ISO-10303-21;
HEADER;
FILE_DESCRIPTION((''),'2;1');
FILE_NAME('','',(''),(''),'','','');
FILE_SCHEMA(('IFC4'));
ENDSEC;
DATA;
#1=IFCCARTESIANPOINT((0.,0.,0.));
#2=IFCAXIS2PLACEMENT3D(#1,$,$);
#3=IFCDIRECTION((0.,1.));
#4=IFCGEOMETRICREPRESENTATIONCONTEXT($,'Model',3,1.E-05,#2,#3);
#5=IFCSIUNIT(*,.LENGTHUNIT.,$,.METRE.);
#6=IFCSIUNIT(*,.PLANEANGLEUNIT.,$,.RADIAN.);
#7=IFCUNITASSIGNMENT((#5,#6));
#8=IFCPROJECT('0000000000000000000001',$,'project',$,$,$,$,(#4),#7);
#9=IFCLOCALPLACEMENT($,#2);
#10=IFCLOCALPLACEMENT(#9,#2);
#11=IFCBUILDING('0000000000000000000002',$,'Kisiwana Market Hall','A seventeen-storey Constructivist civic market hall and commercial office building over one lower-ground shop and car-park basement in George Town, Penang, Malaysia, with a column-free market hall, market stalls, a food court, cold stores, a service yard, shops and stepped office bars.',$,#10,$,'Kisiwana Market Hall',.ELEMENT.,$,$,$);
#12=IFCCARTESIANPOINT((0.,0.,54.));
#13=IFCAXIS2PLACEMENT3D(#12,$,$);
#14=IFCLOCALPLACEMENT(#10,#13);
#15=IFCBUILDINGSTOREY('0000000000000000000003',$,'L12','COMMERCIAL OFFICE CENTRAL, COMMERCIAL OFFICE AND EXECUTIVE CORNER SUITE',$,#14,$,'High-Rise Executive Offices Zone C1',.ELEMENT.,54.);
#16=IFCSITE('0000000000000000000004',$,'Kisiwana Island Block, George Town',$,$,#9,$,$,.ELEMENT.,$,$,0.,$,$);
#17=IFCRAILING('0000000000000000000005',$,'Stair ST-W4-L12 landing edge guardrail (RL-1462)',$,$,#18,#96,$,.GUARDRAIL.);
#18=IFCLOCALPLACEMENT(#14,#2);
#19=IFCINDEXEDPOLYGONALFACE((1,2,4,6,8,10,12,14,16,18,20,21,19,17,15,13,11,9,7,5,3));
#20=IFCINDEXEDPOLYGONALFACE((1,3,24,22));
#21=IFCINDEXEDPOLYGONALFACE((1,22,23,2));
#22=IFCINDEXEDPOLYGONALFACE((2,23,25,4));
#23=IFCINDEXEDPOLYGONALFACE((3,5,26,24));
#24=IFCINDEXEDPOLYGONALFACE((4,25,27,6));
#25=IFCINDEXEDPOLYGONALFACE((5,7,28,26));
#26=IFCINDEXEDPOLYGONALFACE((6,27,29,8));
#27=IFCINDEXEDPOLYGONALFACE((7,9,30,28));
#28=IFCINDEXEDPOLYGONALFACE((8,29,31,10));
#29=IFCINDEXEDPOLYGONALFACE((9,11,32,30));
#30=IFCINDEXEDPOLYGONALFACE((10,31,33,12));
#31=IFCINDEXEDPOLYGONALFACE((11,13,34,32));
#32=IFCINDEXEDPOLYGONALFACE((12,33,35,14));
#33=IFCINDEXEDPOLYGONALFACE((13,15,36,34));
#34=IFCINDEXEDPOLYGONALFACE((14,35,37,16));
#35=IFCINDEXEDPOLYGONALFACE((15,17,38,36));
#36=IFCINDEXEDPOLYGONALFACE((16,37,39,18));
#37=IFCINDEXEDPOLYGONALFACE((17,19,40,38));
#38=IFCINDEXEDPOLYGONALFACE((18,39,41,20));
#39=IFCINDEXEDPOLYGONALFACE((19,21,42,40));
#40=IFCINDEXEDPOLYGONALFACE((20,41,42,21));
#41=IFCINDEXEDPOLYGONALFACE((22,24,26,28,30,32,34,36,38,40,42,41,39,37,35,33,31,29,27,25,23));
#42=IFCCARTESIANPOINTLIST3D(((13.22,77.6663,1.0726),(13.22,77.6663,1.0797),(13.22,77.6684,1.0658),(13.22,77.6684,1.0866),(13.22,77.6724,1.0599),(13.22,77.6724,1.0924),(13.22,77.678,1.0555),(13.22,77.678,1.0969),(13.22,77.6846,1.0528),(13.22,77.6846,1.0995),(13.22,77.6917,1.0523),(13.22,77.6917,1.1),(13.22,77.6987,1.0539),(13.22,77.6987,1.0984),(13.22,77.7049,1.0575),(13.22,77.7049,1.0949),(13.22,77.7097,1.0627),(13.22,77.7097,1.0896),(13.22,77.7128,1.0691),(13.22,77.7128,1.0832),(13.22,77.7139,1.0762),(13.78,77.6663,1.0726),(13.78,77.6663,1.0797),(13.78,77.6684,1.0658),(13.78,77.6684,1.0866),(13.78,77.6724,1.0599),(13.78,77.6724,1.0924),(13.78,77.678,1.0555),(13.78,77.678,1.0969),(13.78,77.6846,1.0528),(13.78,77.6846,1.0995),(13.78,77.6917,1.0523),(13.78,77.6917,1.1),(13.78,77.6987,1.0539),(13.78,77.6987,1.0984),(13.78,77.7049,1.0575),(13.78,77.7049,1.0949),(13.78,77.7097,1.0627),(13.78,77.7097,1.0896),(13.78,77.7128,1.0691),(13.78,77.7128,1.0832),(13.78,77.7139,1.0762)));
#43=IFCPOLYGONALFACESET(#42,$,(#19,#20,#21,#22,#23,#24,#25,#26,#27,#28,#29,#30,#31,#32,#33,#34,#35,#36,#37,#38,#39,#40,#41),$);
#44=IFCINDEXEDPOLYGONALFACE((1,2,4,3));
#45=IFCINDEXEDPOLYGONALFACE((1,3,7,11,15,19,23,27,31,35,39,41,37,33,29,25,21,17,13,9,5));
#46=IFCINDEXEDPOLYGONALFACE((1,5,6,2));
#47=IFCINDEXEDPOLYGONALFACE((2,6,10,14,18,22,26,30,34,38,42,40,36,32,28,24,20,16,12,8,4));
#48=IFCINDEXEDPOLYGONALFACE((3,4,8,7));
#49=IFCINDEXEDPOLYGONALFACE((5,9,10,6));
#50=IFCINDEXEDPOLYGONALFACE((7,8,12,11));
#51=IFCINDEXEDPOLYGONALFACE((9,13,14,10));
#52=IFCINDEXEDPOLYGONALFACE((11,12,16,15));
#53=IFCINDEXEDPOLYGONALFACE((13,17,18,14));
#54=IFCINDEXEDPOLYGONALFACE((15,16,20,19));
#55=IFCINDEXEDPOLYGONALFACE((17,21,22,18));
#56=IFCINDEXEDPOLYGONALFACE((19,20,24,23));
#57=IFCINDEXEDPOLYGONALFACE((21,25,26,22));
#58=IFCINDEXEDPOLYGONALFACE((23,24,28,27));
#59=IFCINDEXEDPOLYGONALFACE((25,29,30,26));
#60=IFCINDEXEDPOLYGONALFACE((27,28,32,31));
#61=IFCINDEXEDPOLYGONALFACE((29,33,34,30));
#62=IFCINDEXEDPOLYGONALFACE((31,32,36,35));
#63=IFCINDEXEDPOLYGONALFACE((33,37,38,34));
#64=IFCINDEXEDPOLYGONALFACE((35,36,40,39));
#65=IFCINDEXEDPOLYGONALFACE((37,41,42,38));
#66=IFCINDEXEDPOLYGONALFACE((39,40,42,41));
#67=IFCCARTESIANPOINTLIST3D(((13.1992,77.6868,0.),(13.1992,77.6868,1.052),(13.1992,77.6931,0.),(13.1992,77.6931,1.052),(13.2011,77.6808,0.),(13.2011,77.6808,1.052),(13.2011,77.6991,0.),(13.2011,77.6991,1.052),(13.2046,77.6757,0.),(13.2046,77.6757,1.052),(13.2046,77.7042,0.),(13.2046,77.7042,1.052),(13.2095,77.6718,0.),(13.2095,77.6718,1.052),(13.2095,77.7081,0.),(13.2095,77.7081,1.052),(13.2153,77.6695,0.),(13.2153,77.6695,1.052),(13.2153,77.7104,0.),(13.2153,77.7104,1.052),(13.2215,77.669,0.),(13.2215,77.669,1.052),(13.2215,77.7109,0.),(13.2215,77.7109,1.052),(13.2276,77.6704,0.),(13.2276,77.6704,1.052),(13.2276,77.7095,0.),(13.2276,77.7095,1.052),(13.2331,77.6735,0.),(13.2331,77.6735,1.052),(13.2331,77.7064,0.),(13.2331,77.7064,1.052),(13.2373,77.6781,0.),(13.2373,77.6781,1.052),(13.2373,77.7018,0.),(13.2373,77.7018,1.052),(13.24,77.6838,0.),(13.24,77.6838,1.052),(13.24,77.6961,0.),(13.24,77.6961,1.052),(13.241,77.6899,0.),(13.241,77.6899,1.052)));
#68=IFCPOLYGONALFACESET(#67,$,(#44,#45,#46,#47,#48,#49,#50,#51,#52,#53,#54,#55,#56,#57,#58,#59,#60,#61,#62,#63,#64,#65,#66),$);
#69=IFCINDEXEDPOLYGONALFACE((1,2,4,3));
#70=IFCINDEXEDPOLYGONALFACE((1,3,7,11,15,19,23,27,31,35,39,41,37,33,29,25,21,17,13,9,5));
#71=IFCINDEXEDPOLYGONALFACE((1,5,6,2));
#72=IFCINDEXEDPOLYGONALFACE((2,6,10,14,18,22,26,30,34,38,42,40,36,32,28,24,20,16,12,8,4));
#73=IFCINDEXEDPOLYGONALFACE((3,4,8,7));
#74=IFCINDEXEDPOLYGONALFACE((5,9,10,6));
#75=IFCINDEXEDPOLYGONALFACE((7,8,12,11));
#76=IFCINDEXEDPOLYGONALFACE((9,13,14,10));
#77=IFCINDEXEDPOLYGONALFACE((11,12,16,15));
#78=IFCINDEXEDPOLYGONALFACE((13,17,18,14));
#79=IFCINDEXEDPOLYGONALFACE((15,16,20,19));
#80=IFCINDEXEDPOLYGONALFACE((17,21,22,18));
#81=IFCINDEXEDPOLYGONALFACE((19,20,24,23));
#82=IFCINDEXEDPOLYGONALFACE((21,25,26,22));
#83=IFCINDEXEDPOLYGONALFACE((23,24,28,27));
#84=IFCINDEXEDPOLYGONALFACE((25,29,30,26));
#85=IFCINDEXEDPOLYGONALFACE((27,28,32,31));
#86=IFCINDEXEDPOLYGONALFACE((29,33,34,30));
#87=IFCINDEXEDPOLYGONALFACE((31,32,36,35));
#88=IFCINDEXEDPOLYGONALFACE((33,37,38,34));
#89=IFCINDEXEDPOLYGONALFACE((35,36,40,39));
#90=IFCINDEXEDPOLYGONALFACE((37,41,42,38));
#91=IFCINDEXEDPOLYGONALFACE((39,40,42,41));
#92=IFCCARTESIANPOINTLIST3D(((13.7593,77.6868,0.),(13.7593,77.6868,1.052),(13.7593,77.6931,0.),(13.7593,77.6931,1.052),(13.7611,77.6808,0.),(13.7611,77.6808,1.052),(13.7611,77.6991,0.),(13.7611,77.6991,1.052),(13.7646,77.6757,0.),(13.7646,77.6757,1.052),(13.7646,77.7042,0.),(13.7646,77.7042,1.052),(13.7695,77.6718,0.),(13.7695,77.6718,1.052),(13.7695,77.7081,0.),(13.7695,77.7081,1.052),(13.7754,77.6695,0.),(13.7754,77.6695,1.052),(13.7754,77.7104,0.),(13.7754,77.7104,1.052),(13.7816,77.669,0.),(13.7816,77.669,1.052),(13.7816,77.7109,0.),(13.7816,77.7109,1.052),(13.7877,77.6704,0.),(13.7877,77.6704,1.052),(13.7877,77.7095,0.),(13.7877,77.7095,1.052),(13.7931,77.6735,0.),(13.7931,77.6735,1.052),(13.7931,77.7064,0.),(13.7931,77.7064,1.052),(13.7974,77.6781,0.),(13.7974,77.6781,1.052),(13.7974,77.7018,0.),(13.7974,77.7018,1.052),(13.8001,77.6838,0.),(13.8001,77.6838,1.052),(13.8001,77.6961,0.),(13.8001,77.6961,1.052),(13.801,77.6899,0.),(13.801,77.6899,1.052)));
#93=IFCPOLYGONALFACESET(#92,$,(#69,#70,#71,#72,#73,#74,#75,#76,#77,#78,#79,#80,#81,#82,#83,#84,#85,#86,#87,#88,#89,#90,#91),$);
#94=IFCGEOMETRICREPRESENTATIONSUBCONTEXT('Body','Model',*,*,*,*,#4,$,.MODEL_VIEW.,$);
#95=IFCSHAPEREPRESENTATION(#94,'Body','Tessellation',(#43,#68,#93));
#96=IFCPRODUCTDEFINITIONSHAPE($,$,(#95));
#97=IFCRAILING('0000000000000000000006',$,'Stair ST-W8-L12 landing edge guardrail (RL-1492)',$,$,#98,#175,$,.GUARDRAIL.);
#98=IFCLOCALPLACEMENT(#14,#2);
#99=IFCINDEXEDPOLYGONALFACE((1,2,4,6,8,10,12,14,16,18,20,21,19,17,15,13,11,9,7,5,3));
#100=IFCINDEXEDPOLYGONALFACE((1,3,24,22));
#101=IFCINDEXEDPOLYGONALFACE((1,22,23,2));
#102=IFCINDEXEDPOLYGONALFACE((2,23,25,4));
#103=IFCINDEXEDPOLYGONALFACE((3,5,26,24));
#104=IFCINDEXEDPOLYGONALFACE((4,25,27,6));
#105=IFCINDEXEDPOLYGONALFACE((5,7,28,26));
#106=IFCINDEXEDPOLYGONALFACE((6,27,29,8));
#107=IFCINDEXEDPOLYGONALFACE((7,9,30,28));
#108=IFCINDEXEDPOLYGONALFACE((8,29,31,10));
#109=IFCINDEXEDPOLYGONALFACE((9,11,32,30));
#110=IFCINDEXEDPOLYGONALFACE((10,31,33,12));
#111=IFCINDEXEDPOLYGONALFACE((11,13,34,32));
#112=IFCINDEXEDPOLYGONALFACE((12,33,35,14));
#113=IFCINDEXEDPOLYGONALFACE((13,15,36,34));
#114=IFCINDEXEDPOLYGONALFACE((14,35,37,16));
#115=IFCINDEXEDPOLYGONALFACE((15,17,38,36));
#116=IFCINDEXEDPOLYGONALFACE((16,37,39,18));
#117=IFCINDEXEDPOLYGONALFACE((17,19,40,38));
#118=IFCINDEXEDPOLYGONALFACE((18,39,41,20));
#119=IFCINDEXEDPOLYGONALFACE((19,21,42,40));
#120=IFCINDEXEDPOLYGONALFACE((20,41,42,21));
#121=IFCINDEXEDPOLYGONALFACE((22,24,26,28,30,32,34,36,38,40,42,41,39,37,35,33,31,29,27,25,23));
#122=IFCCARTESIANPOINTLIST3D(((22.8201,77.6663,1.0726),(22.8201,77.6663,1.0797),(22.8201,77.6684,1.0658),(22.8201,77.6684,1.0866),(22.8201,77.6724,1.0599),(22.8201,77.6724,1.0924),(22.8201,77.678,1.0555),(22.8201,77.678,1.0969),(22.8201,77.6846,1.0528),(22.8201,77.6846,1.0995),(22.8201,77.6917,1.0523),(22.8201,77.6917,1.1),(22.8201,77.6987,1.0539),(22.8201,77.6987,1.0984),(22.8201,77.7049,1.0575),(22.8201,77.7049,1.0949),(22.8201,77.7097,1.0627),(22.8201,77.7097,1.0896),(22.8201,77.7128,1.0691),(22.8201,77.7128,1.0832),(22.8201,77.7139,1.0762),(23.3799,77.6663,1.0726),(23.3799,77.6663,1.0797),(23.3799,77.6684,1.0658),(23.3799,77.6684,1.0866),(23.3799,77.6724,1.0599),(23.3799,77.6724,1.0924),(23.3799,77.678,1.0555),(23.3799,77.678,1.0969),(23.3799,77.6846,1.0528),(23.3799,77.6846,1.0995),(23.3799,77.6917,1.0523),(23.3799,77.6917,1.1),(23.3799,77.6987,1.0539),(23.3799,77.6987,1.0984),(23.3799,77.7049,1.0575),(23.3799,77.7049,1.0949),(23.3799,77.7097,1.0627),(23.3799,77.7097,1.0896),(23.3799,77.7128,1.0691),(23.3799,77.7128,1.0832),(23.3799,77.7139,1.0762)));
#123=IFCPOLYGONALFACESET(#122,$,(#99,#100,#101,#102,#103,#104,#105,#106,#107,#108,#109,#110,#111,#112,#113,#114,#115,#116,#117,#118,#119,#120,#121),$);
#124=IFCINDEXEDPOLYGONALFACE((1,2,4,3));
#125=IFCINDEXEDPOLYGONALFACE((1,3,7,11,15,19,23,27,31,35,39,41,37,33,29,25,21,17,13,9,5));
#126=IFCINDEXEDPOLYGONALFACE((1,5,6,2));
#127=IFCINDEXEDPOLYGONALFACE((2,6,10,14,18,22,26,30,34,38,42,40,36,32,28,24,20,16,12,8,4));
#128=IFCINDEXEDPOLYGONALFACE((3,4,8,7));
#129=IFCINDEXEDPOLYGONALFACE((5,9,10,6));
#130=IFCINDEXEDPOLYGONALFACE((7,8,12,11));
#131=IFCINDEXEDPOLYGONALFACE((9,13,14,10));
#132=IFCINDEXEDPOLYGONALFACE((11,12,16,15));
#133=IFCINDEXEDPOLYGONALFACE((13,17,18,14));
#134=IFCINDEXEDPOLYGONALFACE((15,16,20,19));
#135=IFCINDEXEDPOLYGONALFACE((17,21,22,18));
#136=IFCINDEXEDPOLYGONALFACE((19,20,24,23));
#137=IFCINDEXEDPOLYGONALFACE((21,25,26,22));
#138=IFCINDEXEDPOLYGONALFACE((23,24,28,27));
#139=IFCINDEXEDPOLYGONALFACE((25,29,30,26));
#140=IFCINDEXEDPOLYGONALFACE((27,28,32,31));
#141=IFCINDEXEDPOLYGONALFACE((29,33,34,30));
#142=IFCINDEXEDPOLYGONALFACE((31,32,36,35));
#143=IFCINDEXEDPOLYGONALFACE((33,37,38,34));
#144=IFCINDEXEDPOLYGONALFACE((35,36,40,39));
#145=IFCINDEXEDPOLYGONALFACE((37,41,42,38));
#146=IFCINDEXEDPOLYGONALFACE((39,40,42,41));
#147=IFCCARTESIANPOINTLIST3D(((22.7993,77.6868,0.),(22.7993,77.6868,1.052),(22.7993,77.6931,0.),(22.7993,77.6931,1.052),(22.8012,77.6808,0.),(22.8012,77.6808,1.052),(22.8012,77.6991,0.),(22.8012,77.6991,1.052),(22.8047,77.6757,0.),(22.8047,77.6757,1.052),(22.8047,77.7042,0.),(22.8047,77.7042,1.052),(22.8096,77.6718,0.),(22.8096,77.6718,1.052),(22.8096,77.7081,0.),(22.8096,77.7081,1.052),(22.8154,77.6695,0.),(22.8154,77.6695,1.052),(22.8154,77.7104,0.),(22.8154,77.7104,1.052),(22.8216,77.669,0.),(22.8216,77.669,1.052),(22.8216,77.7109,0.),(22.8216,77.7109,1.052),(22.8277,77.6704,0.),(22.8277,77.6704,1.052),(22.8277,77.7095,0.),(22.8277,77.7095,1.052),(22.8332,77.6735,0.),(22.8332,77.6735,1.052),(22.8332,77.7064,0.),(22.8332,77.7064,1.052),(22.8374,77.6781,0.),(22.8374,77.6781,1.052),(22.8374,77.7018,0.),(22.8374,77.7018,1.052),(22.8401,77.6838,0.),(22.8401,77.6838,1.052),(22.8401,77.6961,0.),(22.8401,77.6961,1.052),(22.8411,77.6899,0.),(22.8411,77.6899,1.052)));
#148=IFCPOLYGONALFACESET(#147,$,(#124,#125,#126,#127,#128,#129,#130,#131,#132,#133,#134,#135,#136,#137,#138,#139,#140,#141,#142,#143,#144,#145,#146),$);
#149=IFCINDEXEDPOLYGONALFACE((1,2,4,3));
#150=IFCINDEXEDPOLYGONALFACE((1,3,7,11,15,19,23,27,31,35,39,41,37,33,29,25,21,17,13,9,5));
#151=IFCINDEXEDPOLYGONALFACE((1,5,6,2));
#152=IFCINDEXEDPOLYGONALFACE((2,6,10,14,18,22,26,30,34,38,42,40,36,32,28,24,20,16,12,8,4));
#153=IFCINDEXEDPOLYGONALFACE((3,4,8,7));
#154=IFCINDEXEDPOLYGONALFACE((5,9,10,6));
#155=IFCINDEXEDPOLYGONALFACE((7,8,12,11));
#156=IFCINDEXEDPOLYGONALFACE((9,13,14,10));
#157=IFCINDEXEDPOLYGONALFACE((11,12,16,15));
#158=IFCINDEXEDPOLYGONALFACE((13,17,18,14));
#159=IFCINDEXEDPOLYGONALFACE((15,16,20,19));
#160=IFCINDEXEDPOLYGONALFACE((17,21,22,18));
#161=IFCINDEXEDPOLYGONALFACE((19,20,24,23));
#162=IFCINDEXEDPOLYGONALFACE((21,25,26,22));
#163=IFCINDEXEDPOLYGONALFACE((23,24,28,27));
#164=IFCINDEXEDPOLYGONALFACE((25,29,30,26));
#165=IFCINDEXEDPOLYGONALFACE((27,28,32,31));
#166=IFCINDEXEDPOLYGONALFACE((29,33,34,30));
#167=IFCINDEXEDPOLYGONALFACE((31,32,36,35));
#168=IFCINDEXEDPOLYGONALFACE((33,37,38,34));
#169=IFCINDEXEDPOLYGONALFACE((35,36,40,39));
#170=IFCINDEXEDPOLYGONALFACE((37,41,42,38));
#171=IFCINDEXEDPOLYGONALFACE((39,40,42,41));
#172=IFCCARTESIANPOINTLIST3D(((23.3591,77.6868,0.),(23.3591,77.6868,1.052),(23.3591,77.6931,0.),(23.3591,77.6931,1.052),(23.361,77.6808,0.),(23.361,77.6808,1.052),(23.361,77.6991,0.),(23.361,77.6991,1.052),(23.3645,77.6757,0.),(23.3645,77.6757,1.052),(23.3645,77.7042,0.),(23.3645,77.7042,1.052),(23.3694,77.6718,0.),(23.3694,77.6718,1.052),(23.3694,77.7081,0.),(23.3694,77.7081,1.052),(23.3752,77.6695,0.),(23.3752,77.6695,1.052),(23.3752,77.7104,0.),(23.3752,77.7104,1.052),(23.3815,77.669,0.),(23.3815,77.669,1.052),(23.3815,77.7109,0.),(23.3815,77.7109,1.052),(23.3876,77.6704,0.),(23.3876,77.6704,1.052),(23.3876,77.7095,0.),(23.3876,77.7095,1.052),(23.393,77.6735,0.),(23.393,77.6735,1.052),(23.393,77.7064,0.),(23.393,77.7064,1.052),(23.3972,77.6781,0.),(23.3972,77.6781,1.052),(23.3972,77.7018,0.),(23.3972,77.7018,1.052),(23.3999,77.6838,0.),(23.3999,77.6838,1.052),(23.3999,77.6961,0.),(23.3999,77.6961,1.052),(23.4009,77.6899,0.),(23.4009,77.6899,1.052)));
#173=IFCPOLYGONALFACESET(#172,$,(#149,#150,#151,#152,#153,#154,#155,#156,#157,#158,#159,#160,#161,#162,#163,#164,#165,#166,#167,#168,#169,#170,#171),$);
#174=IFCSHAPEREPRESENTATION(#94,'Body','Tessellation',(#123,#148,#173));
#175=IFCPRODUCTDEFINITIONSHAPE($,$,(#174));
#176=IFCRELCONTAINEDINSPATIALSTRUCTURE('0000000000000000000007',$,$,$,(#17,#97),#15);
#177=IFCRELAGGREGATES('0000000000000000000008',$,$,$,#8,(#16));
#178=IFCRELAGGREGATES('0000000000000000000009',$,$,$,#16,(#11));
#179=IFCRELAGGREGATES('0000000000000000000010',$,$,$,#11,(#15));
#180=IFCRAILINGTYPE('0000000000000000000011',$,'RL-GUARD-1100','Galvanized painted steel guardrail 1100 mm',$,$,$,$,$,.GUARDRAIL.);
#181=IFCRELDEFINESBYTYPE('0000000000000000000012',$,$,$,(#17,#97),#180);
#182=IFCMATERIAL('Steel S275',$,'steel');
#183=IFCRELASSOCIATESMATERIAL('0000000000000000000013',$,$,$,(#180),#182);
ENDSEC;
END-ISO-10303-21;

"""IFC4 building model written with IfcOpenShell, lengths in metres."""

from ifc_helpers import new_model, si_unit, direction, frame, origin, origin_2d, place, context, subcontext, project, spatial, circle, extrude, material, type_object, element, save


model = new_model("IFC4")

# Units and contexts
model_context = context("Model", 3, precision=1e-05, world=origin(), true_north=direction((0.0, 1.0)))
body_context = subcontext(model_context, "Body", "Model", "MODEL_VIEW")
ifc_project = project(units=[si_unit("LENGTHUNIT", "METRE"), si_unit("PLANEANGLEUNIT", "RADIAN")], contexts=[model_context])

# Site, building, storey
site_placement = place(None, origin())
site = spatial("IfcSite", under=ifc_project, at=site_placement, Name="Kisiwana Island Block, George Town", CompositionType="ELEMENT", RefElevation=0.0)
building_placement = place(site_placement, origin())
building = spatial("IfcBuilding", under=site, at=building_placement, Name="Kisiwana Market Hall", Description="A seventeen-storey Constructivist civic market hall and commercial office building over one lower-ground shop and car-park basement in George Town, Penang, Malaysia, with a column-free market hall, market stalls, a food court, cold stores, a service yard, shops and stepped office bars.", LongName="Kisiwana Market Hall", CompositionType="ELEMENT")
storey_placement = place(building_placement, frame((0.0, 0.0, 54.0)))
storey = spatial("IfcBuildingStorey", under=building, at=storey_placement, Name="L12", Description="COMMERCIAL OFFICE CENTRAL, COMMERCIAL OFFICE AND EXECUTIVE CORNER SUITE", LongName="High-Rise Executive Offices Zone C1", CompositionType="ELEMENT", Elevation=54.0)

# Railings
ifc_material_1 = material(Name="Steel S275", Category="steel")
railing_type_1 = type_object("IfcRailingType", Name="RL-GUARD-1100", Description="Galvanized painted steel guardrail 1100 mm", PredefinedType="GUARDRAIL", material=ifc_material_1)
railing_1_placement = place(storey_placement, frame((13.22, 77.6899, 0.0)))
element("IfcRailing", 1, at=railing_1_placement, inside=storey, type_object=railing_type_1, Name="Stair ST-W4-L12 landing edge guardrail (RL-1462)", PredefinedType="GUARDRAIL", context=body_context, shape_type="SweptSolid", body=[
    extrude(circle(Radius=0.0239, at=origin_2d()), frame((0.0, 0.0, 1.0762), z_axis=(1.0, 0.0, 0.0), x_axis=(0.0, 1.0, 0.0)), (0.0, 0.0, 1.0), 0.5601),
    extrude(circle(Radius=0.021, at=origin_2d()), origin(), (0.0, 0.0, 1.0), 1.052),
    extrude(circle(Radius=0.021, at=origin_2d()), frame((0.5601, 0.0, 0.0)), (0.0, 0.0, 1.0), 1.052),
])
railing_2_placement = place(storey_placement, frame((22.8201, 77.6899, 0.0)))
element("IfcRailing", 2, at=railing_2_placement, inside=storey, type_object=railing_type_1, Name="Stair ST-W8-L12 landing edge guardrail (RL-1492)", PredefinedType="GUARDRAIL", context=body_context, shape_type="SweptSolid", body=[
    extrude(circle(Radius=0.0239, at=origin_2d()), frame((0.0, 0.0, 1.0762), z_axis=(1.0, 0.0, 0.0), x_axis=(0.0, 1.0, 0.0)), (0.0, 0.0, 1.0), 0.5598),
    extrude(circle(Radius=0.021, at=origin_2d()), origin(), (0.0, 0.0, 1.0), 1.052),
    extrude(circle(Radius=0.021, at=origin_2d()), frame((0.5598, 0.0, 0.0)), (0.0, 0.0, 1.0), 1.052),
])

save(model, "model.ifc")
